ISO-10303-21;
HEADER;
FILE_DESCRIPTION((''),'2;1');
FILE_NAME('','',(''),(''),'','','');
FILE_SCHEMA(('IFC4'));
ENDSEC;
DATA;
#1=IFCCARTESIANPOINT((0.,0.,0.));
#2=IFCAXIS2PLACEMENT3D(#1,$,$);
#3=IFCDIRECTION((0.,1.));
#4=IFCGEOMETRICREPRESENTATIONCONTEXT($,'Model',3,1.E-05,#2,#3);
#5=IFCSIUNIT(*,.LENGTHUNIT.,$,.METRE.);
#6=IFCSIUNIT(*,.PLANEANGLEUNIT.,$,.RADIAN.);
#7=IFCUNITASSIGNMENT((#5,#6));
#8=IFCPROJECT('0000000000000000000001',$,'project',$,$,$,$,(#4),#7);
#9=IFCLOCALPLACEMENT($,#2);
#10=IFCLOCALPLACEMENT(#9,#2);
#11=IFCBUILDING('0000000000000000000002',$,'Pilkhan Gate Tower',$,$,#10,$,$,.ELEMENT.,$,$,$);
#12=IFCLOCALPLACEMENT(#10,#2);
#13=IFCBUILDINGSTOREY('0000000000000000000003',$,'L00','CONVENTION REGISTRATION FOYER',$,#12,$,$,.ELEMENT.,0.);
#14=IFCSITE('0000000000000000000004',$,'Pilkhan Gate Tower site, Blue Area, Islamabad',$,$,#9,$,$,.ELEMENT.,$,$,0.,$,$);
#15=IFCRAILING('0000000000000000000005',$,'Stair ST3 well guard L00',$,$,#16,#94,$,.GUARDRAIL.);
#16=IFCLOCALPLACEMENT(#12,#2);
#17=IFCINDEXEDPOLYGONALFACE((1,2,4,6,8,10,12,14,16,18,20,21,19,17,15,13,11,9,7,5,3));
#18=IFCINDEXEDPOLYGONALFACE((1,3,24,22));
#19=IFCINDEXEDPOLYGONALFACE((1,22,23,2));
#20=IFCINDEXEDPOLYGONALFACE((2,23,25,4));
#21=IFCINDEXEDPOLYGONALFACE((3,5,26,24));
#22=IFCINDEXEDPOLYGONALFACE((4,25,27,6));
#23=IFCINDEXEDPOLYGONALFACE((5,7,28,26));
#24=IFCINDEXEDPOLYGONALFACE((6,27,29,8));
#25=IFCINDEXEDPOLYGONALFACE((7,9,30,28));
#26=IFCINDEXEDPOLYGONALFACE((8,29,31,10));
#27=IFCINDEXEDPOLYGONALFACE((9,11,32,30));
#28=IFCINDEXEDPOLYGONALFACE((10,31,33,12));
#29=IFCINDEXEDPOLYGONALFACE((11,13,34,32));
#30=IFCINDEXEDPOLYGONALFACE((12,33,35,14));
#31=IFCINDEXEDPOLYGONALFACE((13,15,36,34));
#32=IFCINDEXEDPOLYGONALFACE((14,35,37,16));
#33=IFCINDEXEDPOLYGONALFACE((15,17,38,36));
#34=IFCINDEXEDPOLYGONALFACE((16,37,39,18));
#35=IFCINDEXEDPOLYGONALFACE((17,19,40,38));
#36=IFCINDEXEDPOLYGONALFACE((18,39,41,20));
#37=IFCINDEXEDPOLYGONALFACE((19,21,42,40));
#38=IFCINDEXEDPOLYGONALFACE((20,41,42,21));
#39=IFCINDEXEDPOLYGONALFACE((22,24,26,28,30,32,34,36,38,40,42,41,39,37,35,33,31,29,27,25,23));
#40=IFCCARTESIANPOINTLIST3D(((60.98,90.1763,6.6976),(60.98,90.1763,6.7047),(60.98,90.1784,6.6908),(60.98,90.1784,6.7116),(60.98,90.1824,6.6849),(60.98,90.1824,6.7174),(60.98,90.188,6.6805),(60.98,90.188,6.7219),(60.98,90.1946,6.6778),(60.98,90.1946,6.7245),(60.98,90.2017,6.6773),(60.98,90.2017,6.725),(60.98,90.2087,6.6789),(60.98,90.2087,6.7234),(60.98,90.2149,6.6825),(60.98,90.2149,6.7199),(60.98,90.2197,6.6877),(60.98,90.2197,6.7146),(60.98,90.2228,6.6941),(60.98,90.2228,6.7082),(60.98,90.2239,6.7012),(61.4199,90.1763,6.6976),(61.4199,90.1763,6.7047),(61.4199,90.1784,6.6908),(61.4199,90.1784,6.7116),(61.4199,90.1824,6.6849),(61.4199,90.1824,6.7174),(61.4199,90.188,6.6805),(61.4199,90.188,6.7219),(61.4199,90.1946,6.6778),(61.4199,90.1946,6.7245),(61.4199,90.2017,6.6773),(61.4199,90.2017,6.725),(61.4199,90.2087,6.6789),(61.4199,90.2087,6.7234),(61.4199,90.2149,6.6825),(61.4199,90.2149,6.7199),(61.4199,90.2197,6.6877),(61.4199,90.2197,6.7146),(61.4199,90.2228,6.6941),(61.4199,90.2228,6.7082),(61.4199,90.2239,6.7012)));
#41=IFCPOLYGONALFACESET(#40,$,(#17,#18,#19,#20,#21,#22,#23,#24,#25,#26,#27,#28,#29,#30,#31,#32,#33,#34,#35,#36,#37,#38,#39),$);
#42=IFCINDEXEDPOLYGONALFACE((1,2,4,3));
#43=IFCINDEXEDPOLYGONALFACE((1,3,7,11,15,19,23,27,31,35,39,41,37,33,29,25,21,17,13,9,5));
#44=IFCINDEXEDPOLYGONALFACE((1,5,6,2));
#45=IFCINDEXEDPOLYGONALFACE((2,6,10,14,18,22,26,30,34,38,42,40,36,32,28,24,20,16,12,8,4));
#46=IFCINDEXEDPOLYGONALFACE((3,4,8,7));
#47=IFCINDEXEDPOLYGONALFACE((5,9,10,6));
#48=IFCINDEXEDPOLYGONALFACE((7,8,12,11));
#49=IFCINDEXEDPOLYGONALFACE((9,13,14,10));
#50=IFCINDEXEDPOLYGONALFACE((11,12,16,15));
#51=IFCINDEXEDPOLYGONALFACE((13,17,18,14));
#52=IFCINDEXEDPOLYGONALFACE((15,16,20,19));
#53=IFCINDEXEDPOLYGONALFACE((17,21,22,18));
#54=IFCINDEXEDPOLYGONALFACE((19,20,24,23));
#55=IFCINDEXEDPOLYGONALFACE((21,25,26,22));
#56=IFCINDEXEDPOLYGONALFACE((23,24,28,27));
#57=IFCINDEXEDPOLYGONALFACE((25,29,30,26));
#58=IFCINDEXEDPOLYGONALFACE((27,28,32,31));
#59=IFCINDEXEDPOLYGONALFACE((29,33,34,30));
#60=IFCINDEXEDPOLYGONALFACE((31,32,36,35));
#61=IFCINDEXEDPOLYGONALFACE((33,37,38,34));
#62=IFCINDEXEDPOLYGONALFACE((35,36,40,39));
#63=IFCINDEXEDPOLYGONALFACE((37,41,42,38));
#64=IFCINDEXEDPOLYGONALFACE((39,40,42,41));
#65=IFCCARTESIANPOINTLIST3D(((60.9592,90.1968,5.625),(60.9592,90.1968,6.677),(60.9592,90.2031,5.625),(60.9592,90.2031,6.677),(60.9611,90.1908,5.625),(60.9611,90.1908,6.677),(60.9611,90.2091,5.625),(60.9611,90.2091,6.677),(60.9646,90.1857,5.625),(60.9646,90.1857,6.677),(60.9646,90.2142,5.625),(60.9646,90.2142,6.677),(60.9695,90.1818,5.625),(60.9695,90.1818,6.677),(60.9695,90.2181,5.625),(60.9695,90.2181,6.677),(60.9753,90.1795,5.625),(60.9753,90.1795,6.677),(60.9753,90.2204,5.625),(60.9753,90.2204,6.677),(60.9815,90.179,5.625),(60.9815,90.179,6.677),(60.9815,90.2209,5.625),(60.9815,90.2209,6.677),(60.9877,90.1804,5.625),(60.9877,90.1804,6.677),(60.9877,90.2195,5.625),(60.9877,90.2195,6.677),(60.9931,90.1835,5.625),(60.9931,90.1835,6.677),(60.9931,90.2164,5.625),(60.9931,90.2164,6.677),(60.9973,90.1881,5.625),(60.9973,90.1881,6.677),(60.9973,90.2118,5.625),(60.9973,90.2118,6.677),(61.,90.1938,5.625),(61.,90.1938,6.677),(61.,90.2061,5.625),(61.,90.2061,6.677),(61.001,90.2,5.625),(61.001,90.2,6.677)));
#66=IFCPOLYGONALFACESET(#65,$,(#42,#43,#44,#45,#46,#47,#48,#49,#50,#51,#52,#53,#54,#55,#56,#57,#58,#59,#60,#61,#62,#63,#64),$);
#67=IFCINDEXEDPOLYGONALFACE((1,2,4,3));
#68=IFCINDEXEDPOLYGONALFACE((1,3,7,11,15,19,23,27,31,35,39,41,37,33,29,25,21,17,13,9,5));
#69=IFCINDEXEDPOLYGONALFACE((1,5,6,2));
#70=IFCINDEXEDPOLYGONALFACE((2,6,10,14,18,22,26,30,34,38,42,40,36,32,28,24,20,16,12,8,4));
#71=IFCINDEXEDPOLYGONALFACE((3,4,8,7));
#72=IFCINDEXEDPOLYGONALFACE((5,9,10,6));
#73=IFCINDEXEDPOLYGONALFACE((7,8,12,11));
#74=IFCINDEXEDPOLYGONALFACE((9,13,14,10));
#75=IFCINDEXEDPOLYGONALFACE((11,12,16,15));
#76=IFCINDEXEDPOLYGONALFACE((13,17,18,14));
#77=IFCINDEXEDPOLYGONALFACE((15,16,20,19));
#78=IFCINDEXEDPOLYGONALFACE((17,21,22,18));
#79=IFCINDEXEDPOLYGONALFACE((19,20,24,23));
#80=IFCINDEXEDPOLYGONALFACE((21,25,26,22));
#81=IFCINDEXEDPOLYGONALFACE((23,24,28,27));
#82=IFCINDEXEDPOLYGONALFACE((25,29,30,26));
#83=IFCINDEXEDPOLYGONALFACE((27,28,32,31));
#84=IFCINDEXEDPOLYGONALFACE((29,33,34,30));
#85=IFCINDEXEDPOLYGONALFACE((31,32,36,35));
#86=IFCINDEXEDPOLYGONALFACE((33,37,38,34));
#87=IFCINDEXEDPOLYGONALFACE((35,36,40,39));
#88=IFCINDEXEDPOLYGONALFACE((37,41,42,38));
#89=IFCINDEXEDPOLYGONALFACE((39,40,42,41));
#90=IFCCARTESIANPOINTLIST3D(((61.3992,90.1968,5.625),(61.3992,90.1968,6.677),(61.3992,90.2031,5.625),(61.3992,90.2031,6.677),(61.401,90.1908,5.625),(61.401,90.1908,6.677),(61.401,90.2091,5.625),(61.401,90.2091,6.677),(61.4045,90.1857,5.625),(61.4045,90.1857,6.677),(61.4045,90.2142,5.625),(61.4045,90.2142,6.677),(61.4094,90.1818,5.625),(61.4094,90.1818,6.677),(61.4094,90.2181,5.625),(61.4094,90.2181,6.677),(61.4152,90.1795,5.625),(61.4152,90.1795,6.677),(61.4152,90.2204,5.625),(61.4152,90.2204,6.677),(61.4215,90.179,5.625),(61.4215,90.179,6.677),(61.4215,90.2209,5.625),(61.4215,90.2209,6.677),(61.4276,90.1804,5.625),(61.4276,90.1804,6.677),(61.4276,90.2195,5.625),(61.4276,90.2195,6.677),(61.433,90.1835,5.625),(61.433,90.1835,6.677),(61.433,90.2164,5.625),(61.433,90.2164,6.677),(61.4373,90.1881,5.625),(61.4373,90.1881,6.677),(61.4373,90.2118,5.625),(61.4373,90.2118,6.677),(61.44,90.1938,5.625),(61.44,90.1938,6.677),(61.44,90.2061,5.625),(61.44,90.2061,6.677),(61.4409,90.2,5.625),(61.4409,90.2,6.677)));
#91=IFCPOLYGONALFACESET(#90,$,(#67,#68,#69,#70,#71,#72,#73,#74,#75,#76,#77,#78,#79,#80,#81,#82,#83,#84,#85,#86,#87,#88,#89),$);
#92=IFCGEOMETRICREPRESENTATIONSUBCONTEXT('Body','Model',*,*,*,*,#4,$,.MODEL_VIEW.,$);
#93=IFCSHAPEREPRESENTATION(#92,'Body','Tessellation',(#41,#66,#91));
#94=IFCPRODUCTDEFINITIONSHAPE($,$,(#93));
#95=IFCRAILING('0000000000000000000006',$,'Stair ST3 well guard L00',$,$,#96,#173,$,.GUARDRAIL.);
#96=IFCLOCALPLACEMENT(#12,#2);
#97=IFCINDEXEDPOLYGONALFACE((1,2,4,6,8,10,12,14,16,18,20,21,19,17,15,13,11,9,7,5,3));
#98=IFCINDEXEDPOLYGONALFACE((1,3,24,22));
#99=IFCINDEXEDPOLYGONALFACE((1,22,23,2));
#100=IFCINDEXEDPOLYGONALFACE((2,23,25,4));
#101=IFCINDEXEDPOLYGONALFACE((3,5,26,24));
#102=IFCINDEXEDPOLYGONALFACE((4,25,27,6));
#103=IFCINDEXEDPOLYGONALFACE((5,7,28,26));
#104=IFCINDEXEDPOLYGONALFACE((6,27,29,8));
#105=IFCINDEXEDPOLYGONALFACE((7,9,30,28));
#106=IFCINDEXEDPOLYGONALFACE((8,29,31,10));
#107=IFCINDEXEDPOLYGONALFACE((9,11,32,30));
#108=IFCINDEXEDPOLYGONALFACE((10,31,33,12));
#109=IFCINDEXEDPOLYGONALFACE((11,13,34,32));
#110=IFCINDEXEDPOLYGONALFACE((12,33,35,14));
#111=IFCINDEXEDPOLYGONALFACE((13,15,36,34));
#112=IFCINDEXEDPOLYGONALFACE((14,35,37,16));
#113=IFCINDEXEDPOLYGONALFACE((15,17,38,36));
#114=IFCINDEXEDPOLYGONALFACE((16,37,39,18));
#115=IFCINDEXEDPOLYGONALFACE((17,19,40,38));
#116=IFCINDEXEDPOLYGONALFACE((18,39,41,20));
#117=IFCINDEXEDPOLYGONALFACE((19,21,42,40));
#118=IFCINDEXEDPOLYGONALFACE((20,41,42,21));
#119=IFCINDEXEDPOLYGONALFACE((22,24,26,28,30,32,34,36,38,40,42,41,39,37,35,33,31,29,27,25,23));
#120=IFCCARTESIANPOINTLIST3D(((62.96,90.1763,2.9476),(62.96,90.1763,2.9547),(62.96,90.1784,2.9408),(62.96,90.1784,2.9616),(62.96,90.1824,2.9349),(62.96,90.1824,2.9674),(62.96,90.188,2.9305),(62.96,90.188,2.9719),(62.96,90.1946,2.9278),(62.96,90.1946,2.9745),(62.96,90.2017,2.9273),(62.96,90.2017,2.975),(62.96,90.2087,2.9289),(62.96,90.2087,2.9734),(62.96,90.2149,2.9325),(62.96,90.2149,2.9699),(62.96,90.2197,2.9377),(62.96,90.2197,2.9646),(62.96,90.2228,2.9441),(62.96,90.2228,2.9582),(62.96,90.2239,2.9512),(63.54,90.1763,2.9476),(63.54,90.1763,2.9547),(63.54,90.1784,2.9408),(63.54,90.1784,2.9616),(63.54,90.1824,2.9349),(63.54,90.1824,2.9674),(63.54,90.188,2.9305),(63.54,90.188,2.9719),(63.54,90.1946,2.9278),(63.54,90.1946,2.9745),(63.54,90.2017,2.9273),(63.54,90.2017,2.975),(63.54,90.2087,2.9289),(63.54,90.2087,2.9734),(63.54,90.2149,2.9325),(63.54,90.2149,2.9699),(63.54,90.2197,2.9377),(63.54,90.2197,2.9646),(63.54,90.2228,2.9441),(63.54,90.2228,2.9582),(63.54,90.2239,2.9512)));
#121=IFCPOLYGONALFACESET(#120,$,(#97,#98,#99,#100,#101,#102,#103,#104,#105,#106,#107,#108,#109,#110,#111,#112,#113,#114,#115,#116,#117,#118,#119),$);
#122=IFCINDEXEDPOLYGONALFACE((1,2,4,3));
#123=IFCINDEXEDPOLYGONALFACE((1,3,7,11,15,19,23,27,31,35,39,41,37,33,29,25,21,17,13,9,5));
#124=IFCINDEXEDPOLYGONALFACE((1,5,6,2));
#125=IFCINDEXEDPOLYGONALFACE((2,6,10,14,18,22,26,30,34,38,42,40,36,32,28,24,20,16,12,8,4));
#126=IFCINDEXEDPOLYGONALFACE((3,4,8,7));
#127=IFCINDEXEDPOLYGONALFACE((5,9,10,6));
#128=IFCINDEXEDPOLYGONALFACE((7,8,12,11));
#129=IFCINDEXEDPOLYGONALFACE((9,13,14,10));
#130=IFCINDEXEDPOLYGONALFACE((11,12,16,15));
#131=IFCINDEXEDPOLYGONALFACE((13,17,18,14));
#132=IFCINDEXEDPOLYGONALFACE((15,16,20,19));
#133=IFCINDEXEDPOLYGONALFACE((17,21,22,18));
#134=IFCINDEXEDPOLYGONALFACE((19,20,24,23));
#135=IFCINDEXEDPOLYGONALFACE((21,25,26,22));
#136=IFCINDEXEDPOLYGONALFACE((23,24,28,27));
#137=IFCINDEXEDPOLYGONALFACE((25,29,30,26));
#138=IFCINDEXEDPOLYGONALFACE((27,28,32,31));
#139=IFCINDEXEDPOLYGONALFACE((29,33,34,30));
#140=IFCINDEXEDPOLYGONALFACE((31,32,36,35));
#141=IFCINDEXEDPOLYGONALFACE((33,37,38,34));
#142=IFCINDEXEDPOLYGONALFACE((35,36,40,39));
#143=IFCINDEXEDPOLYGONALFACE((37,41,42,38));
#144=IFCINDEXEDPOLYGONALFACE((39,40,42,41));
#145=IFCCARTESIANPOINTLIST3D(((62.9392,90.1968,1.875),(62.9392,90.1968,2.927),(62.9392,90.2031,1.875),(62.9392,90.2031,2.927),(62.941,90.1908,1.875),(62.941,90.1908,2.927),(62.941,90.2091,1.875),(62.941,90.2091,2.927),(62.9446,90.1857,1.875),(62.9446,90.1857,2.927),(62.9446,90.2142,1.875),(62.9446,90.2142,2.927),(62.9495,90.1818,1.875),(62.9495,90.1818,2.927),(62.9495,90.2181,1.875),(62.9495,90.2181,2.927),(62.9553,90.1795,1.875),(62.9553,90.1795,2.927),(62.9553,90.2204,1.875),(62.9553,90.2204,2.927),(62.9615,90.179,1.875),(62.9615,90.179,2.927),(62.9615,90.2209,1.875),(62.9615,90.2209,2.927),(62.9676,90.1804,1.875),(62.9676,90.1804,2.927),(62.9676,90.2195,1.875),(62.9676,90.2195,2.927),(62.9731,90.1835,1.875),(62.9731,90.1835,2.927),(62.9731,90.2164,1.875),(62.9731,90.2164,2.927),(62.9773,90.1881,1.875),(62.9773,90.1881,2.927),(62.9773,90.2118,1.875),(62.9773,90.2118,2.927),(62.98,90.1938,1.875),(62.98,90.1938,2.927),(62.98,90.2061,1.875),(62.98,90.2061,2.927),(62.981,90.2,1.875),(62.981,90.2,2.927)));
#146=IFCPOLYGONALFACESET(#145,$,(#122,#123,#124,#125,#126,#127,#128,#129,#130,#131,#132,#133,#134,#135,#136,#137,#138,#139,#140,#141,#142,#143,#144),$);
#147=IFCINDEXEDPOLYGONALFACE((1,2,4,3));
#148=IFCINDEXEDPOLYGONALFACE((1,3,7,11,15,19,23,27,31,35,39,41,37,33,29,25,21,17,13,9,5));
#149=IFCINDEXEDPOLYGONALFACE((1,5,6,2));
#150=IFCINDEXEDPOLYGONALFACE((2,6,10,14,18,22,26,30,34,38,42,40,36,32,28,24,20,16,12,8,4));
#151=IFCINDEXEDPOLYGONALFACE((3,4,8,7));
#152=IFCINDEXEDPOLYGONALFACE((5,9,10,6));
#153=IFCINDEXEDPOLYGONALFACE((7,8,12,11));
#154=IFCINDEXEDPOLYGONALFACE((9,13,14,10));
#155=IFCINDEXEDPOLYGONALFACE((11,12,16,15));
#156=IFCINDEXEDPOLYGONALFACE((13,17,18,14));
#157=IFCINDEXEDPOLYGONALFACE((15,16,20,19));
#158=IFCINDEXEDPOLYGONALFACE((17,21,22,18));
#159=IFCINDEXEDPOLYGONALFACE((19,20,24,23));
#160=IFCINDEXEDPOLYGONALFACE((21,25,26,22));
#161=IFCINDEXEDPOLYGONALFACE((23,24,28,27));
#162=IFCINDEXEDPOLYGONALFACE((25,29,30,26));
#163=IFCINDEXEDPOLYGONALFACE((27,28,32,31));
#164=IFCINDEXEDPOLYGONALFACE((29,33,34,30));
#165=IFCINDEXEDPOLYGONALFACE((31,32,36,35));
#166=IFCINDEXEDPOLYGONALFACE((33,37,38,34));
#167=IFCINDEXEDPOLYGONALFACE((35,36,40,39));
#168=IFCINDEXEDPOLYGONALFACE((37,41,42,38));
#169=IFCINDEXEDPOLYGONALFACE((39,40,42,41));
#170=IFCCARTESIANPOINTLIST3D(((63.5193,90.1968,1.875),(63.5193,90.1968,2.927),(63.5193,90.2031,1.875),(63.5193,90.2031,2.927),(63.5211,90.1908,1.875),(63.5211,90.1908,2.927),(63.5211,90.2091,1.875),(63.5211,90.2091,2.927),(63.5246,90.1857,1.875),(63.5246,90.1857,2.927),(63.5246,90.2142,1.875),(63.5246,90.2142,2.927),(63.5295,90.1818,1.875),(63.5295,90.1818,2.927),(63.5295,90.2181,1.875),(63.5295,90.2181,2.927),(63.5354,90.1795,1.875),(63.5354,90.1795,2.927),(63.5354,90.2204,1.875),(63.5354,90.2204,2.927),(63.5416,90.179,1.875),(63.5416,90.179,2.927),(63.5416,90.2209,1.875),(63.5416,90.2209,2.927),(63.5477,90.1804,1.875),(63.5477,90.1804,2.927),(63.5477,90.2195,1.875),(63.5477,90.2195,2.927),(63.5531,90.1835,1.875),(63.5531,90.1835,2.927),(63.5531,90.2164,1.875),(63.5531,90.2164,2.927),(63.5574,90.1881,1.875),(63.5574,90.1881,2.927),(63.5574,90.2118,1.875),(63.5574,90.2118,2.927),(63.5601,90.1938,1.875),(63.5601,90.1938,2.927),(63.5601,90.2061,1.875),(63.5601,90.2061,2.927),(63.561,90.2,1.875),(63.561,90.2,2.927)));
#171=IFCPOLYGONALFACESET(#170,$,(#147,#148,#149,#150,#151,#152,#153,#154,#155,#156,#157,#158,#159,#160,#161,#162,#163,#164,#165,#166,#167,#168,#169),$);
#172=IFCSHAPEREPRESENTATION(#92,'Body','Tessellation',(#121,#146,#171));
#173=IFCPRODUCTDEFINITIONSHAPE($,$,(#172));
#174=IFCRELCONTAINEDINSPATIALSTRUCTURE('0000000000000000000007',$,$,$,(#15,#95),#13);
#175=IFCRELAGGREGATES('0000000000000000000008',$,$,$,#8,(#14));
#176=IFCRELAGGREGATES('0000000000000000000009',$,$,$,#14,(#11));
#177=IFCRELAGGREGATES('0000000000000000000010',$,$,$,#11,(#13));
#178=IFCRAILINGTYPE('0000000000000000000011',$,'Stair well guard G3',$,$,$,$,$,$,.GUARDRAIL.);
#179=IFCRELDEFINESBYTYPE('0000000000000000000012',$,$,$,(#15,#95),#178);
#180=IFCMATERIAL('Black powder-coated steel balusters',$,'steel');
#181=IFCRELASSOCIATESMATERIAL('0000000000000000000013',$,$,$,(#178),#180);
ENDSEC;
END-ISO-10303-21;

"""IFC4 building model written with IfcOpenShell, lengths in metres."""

from ifc_helpers import new_model, si_unit, direction, frame, origin, origin_2d, place, context, subcontext, project, spatial, circle, extrude, material, type_object, element, save


model = new_model("IFC4")

# Units and contexts
model_context = context("Model", 3, precision=1e-05, world=origin(), true_north=direction((0.0, 1.0)))
body_context = subcontext(model_context, "Body", "Model", "MODEL_VIEW")
ifc_project = project(units=[si_unit("LENGTHUNIT", "METRE"), si_unit("PLANEANGLEUNIT", "RADIAN")], contexts=[model_context])

# Site, building, storey
site_placement = place(None, origin())
site = spatial("IfcSite", under=ifc_project, at=site_placement, Name="Pilkhan Gate Tower site, Blue Area, Islamabad", CompositionType="ELEMENT", RefElevation=0.0)
building_placement = place(site_placement, origin())
building = spatial("IfcBuilding", under=site, at=building_placement, Name="Pilkhan Gate Tower", CompositionType="ELEMENT")
storey_placement = place(building_placement, origin())
storey = spatial("IfcBuildingStorey", under=building, at=storey_placement, Name="L00", Description="CONVENTION REGISTRATION FOYER", CompositionType="ELEMENT", Elevation=0.0)

# Railings
ifc_material_1 = material(Name="Black powder-coated steel balusters", Category="steel")
railing_type_1 = type_object("IfcRailingType", Name="Stair well guard G3", PredefinedType="GUARDRAIL", material=ifc_material_1)
railing_placement = place(storey_placement, frame((60.98, 90.2, 5.625)))
element("IfcRailing", 1, at=railing_placement, inside=storey, type_object=railing_type_1, Name="Stair ST3 well guard L00", PredefinedType="GUARDRAIL", context=body_context, shape_type="SweptSolid", body=[
    extrude(circle(Radius=0.0239, at=origin_2d()), frame((0.0, 0.0, 1.0762), z_axis=(1.0, 0.0, 0.0), x_axis=(0.0, 1.0, 0.0)), (0.0, 0.0, 1.0), 0.4399),
    extrude(circle(Radius=0.021, at=origin_2d()), origin(), (0.0, 0.0, 1.0), 1.052),
    extrude(circle(Radius=0.021, at=origin_2d()), frame((0.4399, 0.0, 0.0)), (0.0, 0.0, 1.0), 1.052),
])
for number, where, name in (
    (2, (62.96, 90.2, 1.875), "Stair ST3 well guard L00"),
):
    element("IfcRailing", number, at=place(storey_placement, frame(where)), inside=storey, type_object=railing_type_1, Name=name, PredefinedType="GUARDRAIL", context=body_context, shape_type="SweptSolid", body=[
        extrude(circle(Radius=0.0239, at=origin_2d()), frame((0.0, 0.0, 1.0762), z_axis=(1.0, 0.0, 0.0), x_axis=(0.0, 1.0, 0.0)), (0.0, 0.0, 1.0), 0.5801),
        extrude(circle(Radius=0.021, at=origin_2d()), origin(), (0.0, 0.0, 1.0), 1.052),
        extrude(circle(Radius=0.021, at=origin_2d()), frame((0.5801, 0.0, 0.0)), (0.0, 0.0, 1.0), 1.052),
    ])

save(model, "model.ifc")
